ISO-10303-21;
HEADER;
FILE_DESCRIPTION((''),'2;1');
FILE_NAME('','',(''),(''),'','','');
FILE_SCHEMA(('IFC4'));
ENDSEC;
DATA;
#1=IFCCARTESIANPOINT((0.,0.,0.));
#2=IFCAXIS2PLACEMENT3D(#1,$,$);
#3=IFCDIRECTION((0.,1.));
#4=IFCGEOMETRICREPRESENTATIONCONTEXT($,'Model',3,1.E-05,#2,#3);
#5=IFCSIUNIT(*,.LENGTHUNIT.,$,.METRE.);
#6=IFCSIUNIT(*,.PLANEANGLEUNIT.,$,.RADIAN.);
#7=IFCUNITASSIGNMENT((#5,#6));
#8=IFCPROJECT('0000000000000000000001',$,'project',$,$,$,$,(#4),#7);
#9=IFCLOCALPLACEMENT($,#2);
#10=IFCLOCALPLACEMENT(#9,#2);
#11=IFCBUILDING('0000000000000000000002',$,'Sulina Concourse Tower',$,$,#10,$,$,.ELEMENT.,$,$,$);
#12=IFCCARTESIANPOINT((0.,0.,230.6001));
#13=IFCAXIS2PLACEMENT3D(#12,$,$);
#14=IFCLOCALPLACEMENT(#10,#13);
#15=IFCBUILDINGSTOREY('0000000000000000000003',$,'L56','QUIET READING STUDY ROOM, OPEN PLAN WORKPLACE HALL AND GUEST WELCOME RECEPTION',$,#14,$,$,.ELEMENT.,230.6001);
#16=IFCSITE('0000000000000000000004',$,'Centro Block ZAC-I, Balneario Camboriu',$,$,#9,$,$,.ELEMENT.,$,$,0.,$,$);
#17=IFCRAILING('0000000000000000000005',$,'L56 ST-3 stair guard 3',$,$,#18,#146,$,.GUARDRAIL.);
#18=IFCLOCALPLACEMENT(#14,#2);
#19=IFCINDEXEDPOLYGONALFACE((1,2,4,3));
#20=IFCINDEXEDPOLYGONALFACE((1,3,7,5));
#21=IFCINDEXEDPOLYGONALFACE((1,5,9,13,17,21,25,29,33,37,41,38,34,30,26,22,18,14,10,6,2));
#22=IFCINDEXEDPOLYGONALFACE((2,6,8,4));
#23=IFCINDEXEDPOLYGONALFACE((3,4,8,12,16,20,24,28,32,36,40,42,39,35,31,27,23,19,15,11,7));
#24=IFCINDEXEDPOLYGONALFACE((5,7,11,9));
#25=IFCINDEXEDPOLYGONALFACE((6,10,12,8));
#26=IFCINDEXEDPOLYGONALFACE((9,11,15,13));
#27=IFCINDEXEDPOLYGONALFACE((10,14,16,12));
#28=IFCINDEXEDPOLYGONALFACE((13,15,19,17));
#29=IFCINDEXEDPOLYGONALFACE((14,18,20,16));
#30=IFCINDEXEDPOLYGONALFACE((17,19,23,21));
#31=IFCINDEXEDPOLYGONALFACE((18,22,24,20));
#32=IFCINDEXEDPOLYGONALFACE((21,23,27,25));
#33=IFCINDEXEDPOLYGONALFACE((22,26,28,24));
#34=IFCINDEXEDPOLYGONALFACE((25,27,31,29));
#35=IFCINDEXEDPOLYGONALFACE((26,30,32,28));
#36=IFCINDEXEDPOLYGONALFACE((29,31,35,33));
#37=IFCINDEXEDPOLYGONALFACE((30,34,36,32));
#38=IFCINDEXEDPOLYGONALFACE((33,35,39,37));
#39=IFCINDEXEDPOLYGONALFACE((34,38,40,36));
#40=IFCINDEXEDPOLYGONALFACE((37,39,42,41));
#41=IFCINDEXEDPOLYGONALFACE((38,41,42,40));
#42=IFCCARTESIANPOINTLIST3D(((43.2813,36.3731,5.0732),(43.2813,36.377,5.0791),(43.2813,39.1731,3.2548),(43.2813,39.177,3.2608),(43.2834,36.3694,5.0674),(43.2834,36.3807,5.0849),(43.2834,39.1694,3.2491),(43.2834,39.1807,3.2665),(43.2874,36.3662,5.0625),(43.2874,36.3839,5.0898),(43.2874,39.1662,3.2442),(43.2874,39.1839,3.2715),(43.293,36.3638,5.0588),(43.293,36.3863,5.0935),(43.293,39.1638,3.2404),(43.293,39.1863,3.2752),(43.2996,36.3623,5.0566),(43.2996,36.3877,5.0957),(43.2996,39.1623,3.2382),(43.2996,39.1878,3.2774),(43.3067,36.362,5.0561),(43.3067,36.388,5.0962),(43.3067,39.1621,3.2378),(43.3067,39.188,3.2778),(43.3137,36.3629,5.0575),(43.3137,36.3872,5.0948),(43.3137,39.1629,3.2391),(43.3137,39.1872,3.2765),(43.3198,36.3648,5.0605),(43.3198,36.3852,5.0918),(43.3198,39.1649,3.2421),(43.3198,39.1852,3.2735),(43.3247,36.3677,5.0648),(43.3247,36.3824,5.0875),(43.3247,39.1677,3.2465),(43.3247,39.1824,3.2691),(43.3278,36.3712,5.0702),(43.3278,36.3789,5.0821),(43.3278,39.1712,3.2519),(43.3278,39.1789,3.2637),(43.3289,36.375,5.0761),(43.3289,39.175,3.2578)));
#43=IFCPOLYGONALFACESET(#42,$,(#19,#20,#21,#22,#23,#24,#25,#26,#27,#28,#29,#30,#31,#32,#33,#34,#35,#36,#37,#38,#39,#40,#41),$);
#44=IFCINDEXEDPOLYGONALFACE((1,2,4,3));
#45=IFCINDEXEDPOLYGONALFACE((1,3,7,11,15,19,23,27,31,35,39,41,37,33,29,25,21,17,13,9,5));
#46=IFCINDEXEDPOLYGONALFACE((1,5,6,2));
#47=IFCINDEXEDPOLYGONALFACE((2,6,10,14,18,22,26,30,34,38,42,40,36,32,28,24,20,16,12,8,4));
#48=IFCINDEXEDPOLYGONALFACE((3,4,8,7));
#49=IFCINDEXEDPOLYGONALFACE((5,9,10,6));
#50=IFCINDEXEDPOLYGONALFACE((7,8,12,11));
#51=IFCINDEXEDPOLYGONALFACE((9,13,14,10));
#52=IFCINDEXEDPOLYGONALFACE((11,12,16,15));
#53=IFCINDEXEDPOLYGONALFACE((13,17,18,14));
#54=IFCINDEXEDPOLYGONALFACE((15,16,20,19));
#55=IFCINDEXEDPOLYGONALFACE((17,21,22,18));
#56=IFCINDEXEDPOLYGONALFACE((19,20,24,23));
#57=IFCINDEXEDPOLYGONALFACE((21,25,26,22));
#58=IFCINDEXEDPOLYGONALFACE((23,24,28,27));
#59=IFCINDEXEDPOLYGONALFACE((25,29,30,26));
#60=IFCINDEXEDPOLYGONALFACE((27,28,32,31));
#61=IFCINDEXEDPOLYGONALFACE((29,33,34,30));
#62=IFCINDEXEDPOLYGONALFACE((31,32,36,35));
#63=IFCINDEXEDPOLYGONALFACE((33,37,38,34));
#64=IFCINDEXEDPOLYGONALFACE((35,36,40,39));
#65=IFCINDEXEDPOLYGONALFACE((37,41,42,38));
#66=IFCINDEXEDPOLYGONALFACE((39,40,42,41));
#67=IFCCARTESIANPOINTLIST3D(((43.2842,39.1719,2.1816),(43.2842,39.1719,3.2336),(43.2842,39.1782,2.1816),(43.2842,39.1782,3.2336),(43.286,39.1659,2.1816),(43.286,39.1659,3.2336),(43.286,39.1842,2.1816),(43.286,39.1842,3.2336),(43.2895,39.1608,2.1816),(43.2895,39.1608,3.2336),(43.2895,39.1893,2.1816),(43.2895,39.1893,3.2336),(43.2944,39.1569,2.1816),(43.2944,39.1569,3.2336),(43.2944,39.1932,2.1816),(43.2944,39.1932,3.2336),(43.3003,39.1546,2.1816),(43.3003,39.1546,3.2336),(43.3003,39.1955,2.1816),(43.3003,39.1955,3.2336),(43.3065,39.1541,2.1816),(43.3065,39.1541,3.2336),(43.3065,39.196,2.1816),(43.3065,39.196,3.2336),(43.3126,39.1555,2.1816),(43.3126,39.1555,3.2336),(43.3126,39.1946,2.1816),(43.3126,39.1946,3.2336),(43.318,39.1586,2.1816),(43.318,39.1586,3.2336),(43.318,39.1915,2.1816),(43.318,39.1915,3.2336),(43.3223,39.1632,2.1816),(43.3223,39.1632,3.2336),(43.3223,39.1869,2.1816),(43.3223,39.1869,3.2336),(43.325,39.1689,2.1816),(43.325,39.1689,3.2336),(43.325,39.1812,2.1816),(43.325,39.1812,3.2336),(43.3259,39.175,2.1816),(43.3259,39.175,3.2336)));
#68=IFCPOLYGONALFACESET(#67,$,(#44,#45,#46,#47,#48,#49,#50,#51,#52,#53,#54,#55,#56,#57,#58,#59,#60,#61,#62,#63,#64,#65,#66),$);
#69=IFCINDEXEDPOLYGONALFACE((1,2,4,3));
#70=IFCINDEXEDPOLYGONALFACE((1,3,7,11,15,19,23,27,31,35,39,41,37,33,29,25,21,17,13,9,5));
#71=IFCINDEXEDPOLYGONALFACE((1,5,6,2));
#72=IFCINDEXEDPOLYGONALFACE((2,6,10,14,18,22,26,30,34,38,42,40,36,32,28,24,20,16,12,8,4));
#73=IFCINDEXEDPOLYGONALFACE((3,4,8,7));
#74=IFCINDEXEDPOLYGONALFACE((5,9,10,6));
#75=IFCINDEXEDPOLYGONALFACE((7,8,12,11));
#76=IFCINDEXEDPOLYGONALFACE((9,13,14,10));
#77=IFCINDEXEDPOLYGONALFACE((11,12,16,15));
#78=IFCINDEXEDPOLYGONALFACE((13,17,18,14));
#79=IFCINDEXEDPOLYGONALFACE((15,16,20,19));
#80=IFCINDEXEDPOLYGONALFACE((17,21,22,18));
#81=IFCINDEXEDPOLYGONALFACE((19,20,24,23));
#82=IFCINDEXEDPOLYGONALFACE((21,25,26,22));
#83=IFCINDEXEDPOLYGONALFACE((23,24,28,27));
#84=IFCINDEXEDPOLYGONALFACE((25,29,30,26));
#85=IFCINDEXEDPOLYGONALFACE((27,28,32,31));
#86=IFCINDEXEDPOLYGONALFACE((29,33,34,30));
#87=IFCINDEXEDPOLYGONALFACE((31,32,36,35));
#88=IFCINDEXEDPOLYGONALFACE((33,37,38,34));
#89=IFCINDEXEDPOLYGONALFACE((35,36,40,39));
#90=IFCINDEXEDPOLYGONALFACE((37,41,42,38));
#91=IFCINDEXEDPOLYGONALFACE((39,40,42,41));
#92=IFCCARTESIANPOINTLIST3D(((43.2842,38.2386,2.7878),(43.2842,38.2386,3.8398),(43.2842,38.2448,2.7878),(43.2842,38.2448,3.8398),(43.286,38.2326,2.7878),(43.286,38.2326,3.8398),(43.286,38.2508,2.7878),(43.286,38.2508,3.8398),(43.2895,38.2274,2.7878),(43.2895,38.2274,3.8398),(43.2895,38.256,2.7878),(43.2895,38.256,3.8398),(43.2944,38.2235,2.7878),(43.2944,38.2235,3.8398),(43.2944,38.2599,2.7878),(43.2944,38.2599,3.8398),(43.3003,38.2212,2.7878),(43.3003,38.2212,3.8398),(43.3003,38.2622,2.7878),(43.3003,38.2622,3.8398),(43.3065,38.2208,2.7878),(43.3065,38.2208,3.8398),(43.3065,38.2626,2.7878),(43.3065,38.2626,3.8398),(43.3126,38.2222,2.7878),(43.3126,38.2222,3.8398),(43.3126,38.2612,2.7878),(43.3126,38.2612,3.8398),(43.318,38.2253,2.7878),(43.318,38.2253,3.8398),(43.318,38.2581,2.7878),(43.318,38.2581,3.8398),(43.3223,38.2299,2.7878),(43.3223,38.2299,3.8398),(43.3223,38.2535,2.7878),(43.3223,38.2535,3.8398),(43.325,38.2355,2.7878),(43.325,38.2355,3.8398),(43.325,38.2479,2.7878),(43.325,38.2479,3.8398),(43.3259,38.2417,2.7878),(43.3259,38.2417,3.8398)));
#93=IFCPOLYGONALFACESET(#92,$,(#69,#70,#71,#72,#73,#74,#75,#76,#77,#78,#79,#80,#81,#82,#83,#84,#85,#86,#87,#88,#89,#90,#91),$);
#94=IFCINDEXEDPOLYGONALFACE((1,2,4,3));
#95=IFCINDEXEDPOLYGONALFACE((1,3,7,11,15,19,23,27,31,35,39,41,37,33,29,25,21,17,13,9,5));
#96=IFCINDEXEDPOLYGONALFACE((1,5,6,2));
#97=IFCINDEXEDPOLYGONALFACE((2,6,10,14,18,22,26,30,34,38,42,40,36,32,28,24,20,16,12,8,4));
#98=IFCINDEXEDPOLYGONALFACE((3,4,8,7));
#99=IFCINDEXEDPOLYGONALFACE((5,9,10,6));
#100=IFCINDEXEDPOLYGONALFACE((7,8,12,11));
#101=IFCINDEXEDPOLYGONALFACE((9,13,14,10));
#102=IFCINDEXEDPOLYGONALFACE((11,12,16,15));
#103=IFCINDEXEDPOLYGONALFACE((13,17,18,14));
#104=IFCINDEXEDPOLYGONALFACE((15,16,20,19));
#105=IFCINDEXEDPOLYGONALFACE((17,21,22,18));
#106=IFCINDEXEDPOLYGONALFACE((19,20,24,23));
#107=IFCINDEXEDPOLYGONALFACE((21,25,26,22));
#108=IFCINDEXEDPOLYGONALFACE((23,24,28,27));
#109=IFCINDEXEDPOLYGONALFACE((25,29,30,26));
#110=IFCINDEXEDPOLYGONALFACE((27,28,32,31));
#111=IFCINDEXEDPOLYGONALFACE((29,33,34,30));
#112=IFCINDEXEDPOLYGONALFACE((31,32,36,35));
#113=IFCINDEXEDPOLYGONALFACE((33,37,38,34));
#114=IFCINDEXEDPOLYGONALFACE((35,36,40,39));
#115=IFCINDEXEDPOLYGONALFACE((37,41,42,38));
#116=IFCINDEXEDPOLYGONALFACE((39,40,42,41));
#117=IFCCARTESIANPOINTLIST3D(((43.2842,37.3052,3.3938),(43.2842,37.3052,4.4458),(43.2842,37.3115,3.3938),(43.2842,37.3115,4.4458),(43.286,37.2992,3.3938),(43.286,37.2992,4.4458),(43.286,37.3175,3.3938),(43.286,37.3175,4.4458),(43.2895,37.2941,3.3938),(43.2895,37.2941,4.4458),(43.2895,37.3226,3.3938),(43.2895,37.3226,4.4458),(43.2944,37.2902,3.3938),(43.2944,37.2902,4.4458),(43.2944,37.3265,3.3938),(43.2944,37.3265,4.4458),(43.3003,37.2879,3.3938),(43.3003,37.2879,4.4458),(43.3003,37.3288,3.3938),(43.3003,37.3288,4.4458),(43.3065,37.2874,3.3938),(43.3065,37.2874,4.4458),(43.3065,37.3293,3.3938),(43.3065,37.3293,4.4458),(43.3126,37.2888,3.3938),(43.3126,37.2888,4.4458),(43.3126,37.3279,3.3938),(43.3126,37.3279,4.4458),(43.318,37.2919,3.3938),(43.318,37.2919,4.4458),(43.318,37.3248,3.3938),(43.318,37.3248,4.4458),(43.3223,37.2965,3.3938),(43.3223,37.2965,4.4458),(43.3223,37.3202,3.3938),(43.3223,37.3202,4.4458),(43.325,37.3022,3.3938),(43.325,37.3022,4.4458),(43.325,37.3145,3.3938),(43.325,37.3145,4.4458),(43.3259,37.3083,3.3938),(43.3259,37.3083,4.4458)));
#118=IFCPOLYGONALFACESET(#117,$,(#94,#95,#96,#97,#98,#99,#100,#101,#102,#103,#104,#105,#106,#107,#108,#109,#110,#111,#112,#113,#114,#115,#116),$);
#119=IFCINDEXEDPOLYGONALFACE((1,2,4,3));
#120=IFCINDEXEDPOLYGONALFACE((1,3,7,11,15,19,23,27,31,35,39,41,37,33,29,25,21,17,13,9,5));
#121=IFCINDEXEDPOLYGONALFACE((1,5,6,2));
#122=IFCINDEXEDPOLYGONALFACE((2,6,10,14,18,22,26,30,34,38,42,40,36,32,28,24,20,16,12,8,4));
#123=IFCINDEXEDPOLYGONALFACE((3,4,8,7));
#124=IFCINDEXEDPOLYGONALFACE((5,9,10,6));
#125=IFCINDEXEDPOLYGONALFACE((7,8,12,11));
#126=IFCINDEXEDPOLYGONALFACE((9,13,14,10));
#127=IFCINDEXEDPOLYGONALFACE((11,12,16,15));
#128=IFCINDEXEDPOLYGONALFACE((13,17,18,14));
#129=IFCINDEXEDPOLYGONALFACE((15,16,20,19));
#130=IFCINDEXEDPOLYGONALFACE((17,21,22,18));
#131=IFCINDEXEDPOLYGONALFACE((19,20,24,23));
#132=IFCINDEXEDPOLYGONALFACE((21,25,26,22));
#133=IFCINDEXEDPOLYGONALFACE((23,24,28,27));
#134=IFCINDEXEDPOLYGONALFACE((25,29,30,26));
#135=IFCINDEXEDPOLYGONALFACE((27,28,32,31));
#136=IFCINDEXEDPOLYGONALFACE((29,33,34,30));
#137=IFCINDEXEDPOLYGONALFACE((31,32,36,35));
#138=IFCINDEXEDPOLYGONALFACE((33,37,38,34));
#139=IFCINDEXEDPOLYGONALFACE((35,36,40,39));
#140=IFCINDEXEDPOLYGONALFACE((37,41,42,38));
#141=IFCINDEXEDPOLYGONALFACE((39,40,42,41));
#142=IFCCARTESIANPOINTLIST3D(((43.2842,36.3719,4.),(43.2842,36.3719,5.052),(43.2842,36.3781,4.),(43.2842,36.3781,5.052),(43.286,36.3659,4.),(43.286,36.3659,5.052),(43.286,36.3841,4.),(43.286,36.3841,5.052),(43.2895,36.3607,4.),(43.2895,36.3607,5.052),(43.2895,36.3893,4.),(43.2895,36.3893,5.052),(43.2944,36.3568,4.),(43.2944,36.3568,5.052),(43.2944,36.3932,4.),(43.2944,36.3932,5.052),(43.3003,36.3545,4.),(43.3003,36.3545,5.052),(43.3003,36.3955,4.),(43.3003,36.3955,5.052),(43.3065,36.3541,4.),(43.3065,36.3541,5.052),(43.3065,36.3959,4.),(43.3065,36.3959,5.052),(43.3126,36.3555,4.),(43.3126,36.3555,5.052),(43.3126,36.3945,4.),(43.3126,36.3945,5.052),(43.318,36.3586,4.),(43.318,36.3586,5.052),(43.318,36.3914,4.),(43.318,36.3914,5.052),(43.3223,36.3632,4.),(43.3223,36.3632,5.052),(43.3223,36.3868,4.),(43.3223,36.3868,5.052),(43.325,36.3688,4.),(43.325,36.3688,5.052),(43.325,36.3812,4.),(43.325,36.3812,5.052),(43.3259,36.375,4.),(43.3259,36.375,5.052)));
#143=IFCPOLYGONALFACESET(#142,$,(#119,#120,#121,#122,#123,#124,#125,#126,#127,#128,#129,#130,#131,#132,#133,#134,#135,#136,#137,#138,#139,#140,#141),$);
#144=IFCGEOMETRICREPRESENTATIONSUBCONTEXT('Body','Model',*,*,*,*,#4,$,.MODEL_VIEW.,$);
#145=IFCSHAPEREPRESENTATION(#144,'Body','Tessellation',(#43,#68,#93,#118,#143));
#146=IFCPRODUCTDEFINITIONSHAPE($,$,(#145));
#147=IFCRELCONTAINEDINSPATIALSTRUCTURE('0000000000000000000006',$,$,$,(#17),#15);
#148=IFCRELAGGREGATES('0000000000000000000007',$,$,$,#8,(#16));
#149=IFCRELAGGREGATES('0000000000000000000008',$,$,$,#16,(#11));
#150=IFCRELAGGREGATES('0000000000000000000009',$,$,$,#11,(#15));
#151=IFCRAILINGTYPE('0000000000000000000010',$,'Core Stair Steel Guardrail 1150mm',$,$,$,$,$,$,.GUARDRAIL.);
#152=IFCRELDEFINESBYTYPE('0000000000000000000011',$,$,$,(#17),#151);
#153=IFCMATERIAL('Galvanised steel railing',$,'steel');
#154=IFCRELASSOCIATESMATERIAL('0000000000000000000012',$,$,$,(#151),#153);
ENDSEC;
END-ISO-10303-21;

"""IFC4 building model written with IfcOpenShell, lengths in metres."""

from ifc_helpers import new_model, si_unit, direction, frame, origin, origin_2d, place, context, subcontext, project, spatial, circle, extrude, material, type_object, element, save


model = new_model("IFC4")

# Units and contexts
model_context = context("Model", 3, precision=1e-05, world=origin(), true_north=direction((0.0, 1.0)))
body_context = subcontext(model_context, "Body", "Model", "MODEL_VIEW")
ifc_project = project(units=[si_unit("LENGTHUNIT", "METRE"), si_unit("PLANEANGLEUNIT", "RADIAN")], contexts=[model_context])

# Site, building, storey
site_placement = place(None, origin())
site = spatial("IfcSite", under=ifc_project, at=site_placement, Name="Centro Block ZAC-I, Balneario Camboriu", CompositionType="ELEMENT", RefElevation=0.0)
building_placement = place(site_placement, origin())
building = spatial("IfcBuilding", under=site, at=building_placement, Name="Sulina Concourse Tower", CompositionType="ELEMENT")
storey_placement = place(building_placement, frame((0.0, 0.0, 230.6001)))
storey = spatial("IfcBuildingStorey", under=building, at=storey_placement, Name="L56", Description="QUIET READING STUDY ROOM, OPEN PLAN WORKPLACE HALL AND GUEST WELCOME RECEPTION", CompositionType="ELEMENT", Elevation=230.6001)

# Railing
ifc_material_1 = material(Name="Galvanised steel railing", Category="steel")
railing_type_1 = type_object("IfcRailingType", Name="Core Stair Steel Guardrail 1150mm", PredefinedType="GUARDRAIL", material=ifc_material_1)
railing_1_placement = place(storey_placement, frame((43.3049, 39.175, 2.1816)))
element("IfcRailing", 1, at=railing_1_placement, inside=storey, type_object=railing_type_1, Name="L56 ST-3 stair guard 3", PredefinedType="GUARDRAIL", context=body_context, shape_type="SweptSolid", body=[
    extrude(circle(Radius=0.0239, at=origin_2d()), frame((0.0, 0.0, 1.0762), z_axis=(0.0, -0.838672, 0.544636), x_axis=(1.0, 0.0, 0.0)), (0.0, 0.0, 1.0), 3.3386),
    extrude(circle(Radius=0.021, at=origin_2d()), origin(), (0.0, 0.0, 1.0), 1.052),
    extrude(circle(Radius=0.021, at=origin_2d()), frame((0.0, -0.9333, 0.6062)), (0.0, 0.0, 1.0), 1.052),
    extrude(circle(Radius=0.021, at=origin_2d()), frame((0.0, -1.8667, 1.2122)), (0.0, 0.0, 1.0), 1.052),
    extrude(circle(Radius=0.021, at=origin_2d()), frame((0.0, -2.8, 1.8184)), (0.0, 0.0, 1.0), 1.052),
])

save(model, "model.ifc")
